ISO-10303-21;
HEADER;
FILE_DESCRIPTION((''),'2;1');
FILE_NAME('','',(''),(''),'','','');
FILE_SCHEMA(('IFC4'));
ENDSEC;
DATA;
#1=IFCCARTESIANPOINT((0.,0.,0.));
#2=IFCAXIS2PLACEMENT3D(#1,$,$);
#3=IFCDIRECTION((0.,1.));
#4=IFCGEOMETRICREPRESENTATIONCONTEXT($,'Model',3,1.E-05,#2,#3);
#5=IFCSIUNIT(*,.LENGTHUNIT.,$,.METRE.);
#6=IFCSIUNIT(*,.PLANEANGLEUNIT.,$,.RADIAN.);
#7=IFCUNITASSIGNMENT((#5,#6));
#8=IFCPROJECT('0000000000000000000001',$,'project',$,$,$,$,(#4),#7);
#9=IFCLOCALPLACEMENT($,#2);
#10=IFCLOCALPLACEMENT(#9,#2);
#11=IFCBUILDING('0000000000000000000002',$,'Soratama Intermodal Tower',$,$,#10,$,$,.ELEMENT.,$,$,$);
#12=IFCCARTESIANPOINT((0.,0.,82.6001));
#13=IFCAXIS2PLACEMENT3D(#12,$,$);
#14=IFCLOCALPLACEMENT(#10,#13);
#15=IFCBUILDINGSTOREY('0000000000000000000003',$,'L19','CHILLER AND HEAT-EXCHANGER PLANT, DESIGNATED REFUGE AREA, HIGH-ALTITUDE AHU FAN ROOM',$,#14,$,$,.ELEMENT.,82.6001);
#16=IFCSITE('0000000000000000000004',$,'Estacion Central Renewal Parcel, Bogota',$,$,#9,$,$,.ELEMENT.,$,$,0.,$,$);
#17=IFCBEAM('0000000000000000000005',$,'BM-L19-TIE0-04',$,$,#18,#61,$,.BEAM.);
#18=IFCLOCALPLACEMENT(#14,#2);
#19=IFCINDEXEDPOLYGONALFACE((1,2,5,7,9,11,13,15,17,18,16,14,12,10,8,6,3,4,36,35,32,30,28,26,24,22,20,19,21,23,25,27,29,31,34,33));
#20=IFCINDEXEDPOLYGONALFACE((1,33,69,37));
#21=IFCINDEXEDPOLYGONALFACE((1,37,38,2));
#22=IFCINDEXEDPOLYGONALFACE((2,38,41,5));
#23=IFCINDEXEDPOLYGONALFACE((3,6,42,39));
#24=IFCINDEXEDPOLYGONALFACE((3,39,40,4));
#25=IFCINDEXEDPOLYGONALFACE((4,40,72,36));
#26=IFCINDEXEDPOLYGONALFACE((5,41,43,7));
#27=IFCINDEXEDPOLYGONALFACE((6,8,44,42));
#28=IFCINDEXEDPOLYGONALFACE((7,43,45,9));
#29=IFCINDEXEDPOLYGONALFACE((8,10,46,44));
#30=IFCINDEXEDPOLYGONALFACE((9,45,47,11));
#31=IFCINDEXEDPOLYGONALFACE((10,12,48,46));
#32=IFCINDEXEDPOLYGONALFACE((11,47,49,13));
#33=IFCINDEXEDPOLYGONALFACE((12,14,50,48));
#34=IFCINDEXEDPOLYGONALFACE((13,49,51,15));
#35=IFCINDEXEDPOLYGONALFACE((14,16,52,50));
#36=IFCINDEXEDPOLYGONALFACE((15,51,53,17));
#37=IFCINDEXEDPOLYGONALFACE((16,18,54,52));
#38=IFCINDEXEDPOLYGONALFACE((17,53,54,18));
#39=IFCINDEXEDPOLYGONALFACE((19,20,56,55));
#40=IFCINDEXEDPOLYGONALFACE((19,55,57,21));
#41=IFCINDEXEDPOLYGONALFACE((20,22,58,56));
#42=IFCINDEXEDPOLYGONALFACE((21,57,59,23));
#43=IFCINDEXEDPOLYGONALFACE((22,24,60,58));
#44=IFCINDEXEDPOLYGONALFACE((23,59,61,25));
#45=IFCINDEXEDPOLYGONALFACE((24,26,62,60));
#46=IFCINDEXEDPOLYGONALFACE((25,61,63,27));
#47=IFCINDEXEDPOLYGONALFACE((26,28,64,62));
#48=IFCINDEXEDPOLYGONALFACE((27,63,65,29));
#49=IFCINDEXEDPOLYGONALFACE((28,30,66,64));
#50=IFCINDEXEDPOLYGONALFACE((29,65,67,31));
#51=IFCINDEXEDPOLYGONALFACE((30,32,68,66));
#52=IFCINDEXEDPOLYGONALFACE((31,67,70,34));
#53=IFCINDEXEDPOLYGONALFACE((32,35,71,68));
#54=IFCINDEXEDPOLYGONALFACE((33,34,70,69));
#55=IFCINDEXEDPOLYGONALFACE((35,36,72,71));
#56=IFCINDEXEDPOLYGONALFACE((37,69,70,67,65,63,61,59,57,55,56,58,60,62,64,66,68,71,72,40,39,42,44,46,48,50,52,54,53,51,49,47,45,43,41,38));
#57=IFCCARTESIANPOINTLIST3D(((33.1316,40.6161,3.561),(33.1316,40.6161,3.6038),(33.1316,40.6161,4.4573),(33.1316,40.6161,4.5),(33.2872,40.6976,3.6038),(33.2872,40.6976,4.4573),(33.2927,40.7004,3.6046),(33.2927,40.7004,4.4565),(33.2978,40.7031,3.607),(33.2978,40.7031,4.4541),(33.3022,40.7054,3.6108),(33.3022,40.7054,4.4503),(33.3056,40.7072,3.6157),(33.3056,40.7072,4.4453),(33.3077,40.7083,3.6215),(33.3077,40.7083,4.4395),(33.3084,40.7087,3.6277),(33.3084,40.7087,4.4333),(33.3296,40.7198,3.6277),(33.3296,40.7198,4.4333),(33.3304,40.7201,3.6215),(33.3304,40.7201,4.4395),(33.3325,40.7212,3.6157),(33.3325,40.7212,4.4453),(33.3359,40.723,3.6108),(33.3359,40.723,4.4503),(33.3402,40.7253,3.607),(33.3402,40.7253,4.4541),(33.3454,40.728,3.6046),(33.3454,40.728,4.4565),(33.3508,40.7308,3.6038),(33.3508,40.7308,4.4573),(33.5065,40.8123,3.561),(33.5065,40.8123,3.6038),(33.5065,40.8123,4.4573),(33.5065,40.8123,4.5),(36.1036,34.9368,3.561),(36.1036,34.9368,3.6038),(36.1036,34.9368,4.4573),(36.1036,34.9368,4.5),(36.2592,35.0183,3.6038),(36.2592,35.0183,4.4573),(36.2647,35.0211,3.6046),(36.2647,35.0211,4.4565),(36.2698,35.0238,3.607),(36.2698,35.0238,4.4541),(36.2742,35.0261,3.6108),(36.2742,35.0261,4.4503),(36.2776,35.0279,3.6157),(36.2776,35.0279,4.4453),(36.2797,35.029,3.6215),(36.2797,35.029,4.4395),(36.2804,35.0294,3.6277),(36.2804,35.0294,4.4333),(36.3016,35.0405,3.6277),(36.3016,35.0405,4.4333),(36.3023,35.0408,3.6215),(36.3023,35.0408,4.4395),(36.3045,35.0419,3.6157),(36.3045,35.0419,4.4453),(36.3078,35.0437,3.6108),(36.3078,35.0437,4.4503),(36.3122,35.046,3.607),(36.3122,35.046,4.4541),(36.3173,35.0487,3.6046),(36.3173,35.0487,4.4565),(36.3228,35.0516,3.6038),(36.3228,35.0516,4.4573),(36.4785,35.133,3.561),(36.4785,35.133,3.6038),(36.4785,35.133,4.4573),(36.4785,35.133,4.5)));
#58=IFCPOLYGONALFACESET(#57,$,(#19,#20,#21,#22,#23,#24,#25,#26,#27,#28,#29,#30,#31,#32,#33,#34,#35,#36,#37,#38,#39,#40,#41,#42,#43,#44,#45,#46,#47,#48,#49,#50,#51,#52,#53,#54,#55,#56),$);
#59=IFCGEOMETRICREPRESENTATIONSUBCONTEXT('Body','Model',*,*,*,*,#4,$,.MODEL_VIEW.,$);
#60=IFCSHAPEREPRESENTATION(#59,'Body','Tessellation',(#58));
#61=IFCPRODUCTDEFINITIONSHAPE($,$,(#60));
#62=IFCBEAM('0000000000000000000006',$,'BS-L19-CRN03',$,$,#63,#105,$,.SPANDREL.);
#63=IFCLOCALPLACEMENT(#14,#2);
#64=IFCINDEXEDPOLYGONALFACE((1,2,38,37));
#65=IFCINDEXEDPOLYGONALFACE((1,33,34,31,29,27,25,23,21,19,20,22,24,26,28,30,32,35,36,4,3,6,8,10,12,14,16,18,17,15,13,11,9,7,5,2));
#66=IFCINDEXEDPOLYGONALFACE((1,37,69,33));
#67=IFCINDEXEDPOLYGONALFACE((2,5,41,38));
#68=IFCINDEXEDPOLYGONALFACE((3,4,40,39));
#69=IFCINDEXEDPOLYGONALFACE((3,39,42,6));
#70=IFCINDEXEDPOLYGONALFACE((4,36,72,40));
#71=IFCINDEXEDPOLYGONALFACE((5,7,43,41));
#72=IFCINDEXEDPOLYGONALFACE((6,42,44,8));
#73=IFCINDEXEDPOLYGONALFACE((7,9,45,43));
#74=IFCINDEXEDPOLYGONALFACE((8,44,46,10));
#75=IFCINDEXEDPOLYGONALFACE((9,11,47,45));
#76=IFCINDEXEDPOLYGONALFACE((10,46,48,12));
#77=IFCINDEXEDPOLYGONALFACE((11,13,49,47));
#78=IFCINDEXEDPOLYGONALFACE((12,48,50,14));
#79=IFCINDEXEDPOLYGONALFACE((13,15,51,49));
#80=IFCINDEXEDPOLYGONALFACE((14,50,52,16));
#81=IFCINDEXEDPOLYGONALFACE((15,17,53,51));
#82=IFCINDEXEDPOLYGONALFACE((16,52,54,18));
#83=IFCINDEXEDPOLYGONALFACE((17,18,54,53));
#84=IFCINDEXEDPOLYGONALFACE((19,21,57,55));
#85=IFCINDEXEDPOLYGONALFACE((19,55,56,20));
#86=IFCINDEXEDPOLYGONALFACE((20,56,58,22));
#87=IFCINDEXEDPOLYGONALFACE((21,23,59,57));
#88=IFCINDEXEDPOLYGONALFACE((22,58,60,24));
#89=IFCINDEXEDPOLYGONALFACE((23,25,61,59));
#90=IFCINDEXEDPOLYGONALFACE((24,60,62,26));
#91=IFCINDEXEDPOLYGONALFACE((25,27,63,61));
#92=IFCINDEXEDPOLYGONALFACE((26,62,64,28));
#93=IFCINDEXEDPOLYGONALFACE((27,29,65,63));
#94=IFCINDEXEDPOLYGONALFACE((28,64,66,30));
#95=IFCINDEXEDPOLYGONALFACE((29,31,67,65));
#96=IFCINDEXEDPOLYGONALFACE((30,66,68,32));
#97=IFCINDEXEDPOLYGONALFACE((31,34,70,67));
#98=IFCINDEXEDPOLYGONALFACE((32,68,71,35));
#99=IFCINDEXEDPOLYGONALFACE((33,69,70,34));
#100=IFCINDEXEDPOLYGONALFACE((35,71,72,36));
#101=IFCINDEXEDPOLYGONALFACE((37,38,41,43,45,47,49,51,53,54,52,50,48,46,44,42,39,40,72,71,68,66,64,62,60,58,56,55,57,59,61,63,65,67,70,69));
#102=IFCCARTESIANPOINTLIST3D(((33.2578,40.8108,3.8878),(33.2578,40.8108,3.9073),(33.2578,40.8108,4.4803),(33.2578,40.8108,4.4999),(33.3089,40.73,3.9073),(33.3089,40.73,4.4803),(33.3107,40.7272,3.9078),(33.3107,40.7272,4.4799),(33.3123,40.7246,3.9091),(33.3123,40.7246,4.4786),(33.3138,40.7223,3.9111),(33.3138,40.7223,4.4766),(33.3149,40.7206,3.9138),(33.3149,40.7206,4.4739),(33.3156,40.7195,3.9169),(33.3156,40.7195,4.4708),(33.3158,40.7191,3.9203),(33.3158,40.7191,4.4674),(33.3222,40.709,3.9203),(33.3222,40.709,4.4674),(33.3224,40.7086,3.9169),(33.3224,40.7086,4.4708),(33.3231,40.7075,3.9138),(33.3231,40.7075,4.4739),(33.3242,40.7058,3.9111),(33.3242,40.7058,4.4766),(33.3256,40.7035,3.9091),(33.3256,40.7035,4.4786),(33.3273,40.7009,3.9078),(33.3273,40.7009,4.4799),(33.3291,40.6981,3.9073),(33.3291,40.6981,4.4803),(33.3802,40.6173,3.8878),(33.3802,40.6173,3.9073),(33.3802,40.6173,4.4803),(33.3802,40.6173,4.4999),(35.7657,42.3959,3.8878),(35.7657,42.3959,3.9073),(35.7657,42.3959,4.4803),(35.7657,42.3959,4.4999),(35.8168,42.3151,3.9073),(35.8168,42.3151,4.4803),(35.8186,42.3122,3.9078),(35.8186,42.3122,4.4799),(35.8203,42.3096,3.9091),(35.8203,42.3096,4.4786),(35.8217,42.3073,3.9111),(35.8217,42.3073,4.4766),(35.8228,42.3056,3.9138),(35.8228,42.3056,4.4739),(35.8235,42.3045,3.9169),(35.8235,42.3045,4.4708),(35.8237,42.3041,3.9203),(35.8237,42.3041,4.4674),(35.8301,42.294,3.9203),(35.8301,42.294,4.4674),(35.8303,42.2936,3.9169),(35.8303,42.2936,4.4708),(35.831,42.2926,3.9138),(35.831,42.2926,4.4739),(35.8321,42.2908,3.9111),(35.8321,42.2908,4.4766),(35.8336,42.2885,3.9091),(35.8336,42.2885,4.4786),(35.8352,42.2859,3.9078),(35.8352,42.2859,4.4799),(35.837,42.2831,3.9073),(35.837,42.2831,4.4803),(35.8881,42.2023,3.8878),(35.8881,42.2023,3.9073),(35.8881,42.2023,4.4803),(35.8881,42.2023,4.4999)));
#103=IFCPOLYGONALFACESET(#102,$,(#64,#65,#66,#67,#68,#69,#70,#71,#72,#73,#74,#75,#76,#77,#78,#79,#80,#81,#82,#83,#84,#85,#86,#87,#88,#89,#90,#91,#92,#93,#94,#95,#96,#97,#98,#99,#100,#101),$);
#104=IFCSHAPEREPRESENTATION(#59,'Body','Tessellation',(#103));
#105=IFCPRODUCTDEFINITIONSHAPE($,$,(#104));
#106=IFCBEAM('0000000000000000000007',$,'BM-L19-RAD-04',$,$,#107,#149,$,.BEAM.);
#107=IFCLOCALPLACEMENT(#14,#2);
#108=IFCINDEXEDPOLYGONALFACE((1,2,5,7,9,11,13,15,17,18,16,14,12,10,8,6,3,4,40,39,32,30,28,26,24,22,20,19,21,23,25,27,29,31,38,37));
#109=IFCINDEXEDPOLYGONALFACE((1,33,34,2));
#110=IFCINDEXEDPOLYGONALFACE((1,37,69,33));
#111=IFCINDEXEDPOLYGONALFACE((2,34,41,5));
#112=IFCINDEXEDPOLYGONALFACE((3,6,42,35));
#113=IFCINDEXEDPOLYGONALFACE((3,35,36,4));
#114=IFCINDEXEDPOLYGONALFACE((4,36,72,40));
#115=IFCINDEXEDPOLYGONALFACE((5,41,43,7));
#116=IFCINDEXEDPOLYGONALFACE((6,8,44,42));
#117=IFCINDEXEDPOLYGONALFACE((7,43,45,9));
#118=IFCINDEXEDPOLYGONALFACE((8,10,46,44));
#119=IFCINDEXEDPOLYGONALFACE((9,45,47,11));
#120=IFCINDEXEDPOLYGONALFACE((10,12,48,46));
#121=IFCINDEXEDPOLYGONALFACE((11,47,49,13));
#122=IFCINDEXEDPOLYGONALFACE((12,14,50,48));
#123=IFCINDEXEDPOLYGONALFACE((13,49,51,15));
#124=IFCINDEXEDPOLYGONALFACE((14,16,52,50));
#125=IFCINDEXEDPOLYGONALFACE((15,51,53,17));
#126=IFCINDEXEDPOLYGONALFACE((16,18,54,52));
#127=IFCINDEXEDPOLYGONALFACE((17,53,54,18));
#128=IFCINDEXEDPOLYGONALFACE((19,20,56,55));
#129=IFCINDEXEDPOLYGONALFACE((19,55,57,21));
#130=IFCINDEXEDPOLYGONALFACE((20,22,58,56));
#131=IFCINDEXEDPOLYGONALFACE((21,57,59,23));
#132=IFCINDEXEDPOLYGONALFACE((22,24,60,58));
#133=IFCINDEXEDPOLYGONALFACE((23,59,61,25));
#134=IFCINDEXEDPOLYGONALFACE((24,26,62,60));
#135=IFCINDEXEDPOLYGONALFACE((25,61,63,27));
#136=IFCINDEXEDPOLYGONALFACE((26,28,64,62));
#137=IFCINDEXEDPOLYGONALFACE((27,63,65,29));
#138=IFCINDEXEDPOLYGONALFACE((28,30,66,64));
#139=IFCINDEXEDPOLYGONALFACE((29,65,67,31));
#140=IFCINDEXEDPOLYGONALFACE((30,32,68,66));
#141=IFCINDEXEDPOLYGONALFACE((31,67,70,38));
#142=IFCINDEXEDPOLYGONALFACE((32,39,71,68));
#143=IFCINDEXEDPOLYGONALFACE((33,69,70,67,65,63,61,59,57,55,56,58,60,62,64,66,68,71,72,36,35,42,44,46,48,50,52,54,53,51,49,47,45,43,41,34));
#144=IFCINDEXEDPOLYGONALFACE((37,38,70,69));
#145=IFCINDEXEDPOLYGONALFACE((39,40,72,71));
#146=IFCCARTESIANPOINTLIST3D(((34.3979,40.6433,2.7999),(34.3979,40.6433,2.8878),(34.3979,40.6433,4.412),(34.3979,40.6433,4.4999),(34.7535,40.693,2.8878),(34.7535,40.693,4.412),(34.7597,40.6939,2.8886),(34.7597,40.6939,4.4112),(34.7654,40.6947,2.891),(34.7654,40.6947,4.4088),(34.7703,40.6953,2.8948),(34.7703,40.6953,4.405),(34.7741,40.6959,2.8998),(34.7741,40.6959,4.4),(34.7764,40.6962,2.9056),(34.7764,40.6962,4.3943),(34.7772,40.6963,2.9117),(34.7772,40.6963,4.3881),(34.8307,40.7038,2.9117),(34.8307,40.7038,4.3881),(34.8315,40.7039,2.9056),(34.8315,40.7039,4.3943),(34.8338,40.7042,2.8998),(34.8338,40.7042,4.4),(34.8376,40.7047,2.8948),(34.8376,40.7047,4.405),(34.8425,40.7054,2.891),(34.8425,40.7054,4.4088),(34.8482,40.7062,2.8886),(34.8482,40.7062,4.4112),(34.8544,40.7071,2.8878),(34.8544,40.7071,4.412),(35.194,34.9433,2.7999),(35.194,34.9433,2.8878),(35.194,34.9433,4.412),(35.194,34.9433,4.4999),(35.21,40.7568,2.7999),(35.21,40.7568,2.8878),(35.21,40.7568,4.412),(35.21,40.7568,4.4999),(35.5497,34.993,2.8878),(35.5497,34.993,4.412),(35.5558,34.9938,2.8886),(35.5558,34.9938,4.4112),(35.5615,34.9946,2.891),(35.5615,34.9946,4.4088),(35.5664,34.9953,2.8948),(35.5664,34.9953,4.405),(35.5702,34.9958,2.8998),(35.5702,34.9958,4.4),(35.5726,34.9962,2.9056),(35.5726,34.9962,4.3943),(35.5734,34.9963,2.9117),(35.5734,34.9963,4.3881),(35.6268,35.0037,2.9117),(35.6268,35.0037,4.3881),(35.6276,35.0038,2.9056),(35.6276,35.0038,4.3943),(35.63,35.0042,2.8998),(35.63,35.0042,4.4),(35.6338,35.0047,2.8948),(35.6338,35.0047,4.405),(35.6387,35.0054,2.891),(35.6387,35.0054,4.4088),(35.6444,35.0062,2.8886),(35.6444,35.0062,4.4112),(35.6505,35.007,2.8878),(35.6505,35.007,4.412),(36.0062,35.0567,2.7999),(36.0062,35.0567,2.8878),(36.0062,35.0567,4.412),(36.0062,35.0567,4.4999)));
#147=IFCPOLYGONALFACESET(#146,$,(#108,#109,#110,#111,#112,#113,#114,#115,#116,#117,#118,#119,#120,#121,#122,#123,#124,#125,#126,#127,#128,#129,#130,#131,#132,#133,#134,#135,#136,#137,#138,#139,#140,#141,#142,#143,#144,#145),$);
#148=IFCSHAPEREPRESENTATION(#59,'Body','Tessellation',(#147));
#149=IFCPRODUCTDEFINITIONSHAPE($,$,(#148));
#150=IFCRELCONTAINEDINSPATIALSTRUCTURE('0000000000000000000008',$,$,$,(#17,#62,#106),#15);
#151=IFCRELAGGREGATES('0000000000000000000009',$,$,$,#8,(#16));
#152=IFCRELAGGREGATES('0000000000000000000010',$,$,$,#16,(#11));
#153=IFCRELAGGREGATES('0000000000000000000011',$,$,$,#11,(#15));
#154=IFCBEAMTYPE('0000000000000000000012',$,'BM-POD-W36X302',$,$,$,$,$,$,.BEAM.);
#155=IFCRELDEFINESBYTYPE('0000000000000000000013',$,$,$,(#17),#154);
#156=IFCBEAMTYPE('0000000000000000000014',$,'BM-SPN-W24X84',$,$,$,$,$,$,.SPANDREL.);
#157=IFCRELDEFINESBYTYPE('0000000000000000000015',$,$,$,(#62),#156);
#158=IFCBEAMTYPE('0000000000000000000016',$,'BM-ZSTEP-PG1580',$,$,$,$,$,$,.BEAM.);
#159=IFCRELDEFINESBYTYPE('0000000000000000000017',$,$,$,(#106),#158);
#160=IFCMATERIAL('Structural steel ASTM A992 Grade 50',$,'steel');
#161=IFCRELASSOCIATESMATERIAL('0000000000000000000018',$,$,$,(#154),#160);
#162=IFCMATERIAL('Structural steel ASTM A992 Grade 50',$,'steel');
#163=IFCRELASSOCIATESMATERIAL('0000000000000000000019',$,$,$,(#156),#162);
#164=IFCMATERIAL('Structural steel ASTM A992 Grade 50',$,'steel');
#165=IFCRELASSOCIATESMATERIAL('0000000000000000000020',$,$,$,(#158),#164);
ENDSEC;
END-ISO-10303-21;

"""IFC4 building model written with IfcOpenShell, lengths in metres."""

from ifc_helpers import new_model, si_unit, direction, frame, origin, origin_2d, place, context, subcontext, project, spatial, i_section, extrude, material, material_profile, profile_set, type_object, element, save


model = new_model("IFC4")

# Units and contexts
model_context = context("Model", 3, precision=1e-05, world=origin(), true_north=direction((0.0, 1.0)))
body_context = subcontext(model_context, "Body", "Model", "MODEL_VIEW")
ifc_project = project(units=[si_unit("LENGTHUNIT", "METRE"), si_unit("PLANEANGLEUNIT", "RADIAN")], contexts=[model_context])

# Site, building, storey
site_placement = place(None, origin())
site = spatial("IfcSite", under=ifc_project, at=site_placement, Name="Estacion Central Renewal Parcel, Bogota", CompositionType="ELEMENT", RefElevation=0.0)
building_placement = place(site_placement, origin())
building = spatial("IfcBuilding", under=site, at=building_placement, Name="Soratama Intermodal Tower", CompositionType="ELEMENT")
storey_placement = place(building_placement, frame((0.0, 0.0, 82.6001)))
storey = spatial("IfcBuildingStorey", under=building, at=storey_placement, Name="L19", Description="CHILLER AND HEAT-EXCHANGER PLANT, DESIGNATED REFUGE AREA, HIGH-ALTITUDE AHU FAN ROOM", CompositionType="ELEMENT", Elevation=82.6001)

# Beams
ifc_material_1 = material(Name="Structural steel ASTM A992 Grade 50", Category="steel")
ifc_material_profile_1 = material_profile(ifc_material_1, i_section(OverallWidth=0.4231, OverallDepth=0.939, WebThickness=0.0239, FlangeThickness=0.0427, FilletRadius=0.0239, at=origin_2d()), Name="W36X302")
ifc_profile_set_1 = profile_set([ifc_material_profile_1], Name="Structural steel ASTM A992 Grade 50")
beam_type_1 = type_object("IfcBeamType", Name="BM-POD-W36X302", PredefinedType="BEAM", material=ifc_profile_set_1)
beam_1_placement = place(storey_placement, frame((36.291, 35.0349, 4.0305), z_axis=(-0.463653, 0.886017, 0.0), x_axis=(-0.886017, -0.463653, 0.0)))
element("IfcBeam", 1, at=beam_1_placement, inside=storey, type_object=beam_type_1, Name="BM-L19-TIE0-04", PredefinedType="BEAM", context=body_context, shape_type="SweptSolid", body=[
    extrude(i_section(OverallWidth=0.4231, OverallDepth=0.939, WebThickness=0.0239, FlangeThickness=0.0427, FilletRadius=0.0239, at=origin_2d()), origin(), (0.0, 0.0, 1.0), 6.4099),
])
ifc_material_2 = material(Name="Structural steel ASTM A992 Grade 50", Category="steel")
ifc_material_profile_2 = material_profile(ifc_material_2, i_section(OverallWidth=0.229, OverallDepth=0.6121, WebThickness=0.012, FlangeThickness=0.0195, FilletRadius=0.0129, at=origin_2d()), Name="W24X84")
ifc_profile_set_2 = profile_set([ifc_material_profile_2], Name="Structural steel ASTM A992 Grade 50")
beam_type_2 = type_object("IfcBeamType", Name="BM-SPN-W24X84", PredefinedType="SPANDREL", material=ifc_profile_set_2)
beam_2_placement = place(storey_placement, frame((35.8269, 42.2991, 4.1938), z_axis=(-0.845325, -0.534253, 0.0), x_axis=(0.534253, -0.845325, 0.0)))
element("IfcBeam", 2, at=beam_2_placement, inside=storey, type_object=beam_type_2, Name="BS-L19-CRN03", PredefinedType="SPANDREL", context=body_context, shape_type="SweptSolid", body=[
    extrude(i_section(OverallWidth=0.229, OverallDepth=0.6121, WebThickness=0.012, FlangeThickness=0.0195, FilletRadius=0.0129, at=origin_2d()), origin(), (0.0, 0.0, 1.0), 2.9668),
])
ifc_material_3 = material(Name="Structural steel ASTM A992 Grade 50", Category="steel")
ifc_material_profile_3 = material_profile(ifc_material_3, i_section(OverallWidth=0.8201, OverallDepth=1.7, WebThickness=0.054, FlangeThickness=0.0879, FilletRadius=0.0239, at=origin_2d()), Name="PG1580X800")
ifc_profile_set_3 = profile_set([ifc_material_profile_3], Name="Structural steel ASTM A992 Grade 50")
beam_type_3 = type_object("IfcBeamType", Name="BM-ZSTEP-PG1580", PredefinedType="BEAM", material=ifc_profile_set_3)
beam_3_placement = place(storey_placement, frame((35.6001, 35.0, 3.6499), z_axis=(-0.138332, 0.990386, 0.0), x_axis=(-0.990386, -0.138332, 0.0)))
element("IfcBeam", 3, at=beam_3_placement, inside=storey, type_object=beam_type_3, Name="BM-L19-RAD-04", PredefinedType="BEAM", context=body_context, shape_type="SweptSolid", body=[
    extrude(i_section(OverallWidth=0.8201, OverallDepth=1.7, WebThickness=0.054, FlangeThickness=0.0879, FilletRadius=0.0239, at=origin_2d()), origin(), (0.0, 0.0, 1.0), 5.7554),
])

save(model, "model.ifc")
